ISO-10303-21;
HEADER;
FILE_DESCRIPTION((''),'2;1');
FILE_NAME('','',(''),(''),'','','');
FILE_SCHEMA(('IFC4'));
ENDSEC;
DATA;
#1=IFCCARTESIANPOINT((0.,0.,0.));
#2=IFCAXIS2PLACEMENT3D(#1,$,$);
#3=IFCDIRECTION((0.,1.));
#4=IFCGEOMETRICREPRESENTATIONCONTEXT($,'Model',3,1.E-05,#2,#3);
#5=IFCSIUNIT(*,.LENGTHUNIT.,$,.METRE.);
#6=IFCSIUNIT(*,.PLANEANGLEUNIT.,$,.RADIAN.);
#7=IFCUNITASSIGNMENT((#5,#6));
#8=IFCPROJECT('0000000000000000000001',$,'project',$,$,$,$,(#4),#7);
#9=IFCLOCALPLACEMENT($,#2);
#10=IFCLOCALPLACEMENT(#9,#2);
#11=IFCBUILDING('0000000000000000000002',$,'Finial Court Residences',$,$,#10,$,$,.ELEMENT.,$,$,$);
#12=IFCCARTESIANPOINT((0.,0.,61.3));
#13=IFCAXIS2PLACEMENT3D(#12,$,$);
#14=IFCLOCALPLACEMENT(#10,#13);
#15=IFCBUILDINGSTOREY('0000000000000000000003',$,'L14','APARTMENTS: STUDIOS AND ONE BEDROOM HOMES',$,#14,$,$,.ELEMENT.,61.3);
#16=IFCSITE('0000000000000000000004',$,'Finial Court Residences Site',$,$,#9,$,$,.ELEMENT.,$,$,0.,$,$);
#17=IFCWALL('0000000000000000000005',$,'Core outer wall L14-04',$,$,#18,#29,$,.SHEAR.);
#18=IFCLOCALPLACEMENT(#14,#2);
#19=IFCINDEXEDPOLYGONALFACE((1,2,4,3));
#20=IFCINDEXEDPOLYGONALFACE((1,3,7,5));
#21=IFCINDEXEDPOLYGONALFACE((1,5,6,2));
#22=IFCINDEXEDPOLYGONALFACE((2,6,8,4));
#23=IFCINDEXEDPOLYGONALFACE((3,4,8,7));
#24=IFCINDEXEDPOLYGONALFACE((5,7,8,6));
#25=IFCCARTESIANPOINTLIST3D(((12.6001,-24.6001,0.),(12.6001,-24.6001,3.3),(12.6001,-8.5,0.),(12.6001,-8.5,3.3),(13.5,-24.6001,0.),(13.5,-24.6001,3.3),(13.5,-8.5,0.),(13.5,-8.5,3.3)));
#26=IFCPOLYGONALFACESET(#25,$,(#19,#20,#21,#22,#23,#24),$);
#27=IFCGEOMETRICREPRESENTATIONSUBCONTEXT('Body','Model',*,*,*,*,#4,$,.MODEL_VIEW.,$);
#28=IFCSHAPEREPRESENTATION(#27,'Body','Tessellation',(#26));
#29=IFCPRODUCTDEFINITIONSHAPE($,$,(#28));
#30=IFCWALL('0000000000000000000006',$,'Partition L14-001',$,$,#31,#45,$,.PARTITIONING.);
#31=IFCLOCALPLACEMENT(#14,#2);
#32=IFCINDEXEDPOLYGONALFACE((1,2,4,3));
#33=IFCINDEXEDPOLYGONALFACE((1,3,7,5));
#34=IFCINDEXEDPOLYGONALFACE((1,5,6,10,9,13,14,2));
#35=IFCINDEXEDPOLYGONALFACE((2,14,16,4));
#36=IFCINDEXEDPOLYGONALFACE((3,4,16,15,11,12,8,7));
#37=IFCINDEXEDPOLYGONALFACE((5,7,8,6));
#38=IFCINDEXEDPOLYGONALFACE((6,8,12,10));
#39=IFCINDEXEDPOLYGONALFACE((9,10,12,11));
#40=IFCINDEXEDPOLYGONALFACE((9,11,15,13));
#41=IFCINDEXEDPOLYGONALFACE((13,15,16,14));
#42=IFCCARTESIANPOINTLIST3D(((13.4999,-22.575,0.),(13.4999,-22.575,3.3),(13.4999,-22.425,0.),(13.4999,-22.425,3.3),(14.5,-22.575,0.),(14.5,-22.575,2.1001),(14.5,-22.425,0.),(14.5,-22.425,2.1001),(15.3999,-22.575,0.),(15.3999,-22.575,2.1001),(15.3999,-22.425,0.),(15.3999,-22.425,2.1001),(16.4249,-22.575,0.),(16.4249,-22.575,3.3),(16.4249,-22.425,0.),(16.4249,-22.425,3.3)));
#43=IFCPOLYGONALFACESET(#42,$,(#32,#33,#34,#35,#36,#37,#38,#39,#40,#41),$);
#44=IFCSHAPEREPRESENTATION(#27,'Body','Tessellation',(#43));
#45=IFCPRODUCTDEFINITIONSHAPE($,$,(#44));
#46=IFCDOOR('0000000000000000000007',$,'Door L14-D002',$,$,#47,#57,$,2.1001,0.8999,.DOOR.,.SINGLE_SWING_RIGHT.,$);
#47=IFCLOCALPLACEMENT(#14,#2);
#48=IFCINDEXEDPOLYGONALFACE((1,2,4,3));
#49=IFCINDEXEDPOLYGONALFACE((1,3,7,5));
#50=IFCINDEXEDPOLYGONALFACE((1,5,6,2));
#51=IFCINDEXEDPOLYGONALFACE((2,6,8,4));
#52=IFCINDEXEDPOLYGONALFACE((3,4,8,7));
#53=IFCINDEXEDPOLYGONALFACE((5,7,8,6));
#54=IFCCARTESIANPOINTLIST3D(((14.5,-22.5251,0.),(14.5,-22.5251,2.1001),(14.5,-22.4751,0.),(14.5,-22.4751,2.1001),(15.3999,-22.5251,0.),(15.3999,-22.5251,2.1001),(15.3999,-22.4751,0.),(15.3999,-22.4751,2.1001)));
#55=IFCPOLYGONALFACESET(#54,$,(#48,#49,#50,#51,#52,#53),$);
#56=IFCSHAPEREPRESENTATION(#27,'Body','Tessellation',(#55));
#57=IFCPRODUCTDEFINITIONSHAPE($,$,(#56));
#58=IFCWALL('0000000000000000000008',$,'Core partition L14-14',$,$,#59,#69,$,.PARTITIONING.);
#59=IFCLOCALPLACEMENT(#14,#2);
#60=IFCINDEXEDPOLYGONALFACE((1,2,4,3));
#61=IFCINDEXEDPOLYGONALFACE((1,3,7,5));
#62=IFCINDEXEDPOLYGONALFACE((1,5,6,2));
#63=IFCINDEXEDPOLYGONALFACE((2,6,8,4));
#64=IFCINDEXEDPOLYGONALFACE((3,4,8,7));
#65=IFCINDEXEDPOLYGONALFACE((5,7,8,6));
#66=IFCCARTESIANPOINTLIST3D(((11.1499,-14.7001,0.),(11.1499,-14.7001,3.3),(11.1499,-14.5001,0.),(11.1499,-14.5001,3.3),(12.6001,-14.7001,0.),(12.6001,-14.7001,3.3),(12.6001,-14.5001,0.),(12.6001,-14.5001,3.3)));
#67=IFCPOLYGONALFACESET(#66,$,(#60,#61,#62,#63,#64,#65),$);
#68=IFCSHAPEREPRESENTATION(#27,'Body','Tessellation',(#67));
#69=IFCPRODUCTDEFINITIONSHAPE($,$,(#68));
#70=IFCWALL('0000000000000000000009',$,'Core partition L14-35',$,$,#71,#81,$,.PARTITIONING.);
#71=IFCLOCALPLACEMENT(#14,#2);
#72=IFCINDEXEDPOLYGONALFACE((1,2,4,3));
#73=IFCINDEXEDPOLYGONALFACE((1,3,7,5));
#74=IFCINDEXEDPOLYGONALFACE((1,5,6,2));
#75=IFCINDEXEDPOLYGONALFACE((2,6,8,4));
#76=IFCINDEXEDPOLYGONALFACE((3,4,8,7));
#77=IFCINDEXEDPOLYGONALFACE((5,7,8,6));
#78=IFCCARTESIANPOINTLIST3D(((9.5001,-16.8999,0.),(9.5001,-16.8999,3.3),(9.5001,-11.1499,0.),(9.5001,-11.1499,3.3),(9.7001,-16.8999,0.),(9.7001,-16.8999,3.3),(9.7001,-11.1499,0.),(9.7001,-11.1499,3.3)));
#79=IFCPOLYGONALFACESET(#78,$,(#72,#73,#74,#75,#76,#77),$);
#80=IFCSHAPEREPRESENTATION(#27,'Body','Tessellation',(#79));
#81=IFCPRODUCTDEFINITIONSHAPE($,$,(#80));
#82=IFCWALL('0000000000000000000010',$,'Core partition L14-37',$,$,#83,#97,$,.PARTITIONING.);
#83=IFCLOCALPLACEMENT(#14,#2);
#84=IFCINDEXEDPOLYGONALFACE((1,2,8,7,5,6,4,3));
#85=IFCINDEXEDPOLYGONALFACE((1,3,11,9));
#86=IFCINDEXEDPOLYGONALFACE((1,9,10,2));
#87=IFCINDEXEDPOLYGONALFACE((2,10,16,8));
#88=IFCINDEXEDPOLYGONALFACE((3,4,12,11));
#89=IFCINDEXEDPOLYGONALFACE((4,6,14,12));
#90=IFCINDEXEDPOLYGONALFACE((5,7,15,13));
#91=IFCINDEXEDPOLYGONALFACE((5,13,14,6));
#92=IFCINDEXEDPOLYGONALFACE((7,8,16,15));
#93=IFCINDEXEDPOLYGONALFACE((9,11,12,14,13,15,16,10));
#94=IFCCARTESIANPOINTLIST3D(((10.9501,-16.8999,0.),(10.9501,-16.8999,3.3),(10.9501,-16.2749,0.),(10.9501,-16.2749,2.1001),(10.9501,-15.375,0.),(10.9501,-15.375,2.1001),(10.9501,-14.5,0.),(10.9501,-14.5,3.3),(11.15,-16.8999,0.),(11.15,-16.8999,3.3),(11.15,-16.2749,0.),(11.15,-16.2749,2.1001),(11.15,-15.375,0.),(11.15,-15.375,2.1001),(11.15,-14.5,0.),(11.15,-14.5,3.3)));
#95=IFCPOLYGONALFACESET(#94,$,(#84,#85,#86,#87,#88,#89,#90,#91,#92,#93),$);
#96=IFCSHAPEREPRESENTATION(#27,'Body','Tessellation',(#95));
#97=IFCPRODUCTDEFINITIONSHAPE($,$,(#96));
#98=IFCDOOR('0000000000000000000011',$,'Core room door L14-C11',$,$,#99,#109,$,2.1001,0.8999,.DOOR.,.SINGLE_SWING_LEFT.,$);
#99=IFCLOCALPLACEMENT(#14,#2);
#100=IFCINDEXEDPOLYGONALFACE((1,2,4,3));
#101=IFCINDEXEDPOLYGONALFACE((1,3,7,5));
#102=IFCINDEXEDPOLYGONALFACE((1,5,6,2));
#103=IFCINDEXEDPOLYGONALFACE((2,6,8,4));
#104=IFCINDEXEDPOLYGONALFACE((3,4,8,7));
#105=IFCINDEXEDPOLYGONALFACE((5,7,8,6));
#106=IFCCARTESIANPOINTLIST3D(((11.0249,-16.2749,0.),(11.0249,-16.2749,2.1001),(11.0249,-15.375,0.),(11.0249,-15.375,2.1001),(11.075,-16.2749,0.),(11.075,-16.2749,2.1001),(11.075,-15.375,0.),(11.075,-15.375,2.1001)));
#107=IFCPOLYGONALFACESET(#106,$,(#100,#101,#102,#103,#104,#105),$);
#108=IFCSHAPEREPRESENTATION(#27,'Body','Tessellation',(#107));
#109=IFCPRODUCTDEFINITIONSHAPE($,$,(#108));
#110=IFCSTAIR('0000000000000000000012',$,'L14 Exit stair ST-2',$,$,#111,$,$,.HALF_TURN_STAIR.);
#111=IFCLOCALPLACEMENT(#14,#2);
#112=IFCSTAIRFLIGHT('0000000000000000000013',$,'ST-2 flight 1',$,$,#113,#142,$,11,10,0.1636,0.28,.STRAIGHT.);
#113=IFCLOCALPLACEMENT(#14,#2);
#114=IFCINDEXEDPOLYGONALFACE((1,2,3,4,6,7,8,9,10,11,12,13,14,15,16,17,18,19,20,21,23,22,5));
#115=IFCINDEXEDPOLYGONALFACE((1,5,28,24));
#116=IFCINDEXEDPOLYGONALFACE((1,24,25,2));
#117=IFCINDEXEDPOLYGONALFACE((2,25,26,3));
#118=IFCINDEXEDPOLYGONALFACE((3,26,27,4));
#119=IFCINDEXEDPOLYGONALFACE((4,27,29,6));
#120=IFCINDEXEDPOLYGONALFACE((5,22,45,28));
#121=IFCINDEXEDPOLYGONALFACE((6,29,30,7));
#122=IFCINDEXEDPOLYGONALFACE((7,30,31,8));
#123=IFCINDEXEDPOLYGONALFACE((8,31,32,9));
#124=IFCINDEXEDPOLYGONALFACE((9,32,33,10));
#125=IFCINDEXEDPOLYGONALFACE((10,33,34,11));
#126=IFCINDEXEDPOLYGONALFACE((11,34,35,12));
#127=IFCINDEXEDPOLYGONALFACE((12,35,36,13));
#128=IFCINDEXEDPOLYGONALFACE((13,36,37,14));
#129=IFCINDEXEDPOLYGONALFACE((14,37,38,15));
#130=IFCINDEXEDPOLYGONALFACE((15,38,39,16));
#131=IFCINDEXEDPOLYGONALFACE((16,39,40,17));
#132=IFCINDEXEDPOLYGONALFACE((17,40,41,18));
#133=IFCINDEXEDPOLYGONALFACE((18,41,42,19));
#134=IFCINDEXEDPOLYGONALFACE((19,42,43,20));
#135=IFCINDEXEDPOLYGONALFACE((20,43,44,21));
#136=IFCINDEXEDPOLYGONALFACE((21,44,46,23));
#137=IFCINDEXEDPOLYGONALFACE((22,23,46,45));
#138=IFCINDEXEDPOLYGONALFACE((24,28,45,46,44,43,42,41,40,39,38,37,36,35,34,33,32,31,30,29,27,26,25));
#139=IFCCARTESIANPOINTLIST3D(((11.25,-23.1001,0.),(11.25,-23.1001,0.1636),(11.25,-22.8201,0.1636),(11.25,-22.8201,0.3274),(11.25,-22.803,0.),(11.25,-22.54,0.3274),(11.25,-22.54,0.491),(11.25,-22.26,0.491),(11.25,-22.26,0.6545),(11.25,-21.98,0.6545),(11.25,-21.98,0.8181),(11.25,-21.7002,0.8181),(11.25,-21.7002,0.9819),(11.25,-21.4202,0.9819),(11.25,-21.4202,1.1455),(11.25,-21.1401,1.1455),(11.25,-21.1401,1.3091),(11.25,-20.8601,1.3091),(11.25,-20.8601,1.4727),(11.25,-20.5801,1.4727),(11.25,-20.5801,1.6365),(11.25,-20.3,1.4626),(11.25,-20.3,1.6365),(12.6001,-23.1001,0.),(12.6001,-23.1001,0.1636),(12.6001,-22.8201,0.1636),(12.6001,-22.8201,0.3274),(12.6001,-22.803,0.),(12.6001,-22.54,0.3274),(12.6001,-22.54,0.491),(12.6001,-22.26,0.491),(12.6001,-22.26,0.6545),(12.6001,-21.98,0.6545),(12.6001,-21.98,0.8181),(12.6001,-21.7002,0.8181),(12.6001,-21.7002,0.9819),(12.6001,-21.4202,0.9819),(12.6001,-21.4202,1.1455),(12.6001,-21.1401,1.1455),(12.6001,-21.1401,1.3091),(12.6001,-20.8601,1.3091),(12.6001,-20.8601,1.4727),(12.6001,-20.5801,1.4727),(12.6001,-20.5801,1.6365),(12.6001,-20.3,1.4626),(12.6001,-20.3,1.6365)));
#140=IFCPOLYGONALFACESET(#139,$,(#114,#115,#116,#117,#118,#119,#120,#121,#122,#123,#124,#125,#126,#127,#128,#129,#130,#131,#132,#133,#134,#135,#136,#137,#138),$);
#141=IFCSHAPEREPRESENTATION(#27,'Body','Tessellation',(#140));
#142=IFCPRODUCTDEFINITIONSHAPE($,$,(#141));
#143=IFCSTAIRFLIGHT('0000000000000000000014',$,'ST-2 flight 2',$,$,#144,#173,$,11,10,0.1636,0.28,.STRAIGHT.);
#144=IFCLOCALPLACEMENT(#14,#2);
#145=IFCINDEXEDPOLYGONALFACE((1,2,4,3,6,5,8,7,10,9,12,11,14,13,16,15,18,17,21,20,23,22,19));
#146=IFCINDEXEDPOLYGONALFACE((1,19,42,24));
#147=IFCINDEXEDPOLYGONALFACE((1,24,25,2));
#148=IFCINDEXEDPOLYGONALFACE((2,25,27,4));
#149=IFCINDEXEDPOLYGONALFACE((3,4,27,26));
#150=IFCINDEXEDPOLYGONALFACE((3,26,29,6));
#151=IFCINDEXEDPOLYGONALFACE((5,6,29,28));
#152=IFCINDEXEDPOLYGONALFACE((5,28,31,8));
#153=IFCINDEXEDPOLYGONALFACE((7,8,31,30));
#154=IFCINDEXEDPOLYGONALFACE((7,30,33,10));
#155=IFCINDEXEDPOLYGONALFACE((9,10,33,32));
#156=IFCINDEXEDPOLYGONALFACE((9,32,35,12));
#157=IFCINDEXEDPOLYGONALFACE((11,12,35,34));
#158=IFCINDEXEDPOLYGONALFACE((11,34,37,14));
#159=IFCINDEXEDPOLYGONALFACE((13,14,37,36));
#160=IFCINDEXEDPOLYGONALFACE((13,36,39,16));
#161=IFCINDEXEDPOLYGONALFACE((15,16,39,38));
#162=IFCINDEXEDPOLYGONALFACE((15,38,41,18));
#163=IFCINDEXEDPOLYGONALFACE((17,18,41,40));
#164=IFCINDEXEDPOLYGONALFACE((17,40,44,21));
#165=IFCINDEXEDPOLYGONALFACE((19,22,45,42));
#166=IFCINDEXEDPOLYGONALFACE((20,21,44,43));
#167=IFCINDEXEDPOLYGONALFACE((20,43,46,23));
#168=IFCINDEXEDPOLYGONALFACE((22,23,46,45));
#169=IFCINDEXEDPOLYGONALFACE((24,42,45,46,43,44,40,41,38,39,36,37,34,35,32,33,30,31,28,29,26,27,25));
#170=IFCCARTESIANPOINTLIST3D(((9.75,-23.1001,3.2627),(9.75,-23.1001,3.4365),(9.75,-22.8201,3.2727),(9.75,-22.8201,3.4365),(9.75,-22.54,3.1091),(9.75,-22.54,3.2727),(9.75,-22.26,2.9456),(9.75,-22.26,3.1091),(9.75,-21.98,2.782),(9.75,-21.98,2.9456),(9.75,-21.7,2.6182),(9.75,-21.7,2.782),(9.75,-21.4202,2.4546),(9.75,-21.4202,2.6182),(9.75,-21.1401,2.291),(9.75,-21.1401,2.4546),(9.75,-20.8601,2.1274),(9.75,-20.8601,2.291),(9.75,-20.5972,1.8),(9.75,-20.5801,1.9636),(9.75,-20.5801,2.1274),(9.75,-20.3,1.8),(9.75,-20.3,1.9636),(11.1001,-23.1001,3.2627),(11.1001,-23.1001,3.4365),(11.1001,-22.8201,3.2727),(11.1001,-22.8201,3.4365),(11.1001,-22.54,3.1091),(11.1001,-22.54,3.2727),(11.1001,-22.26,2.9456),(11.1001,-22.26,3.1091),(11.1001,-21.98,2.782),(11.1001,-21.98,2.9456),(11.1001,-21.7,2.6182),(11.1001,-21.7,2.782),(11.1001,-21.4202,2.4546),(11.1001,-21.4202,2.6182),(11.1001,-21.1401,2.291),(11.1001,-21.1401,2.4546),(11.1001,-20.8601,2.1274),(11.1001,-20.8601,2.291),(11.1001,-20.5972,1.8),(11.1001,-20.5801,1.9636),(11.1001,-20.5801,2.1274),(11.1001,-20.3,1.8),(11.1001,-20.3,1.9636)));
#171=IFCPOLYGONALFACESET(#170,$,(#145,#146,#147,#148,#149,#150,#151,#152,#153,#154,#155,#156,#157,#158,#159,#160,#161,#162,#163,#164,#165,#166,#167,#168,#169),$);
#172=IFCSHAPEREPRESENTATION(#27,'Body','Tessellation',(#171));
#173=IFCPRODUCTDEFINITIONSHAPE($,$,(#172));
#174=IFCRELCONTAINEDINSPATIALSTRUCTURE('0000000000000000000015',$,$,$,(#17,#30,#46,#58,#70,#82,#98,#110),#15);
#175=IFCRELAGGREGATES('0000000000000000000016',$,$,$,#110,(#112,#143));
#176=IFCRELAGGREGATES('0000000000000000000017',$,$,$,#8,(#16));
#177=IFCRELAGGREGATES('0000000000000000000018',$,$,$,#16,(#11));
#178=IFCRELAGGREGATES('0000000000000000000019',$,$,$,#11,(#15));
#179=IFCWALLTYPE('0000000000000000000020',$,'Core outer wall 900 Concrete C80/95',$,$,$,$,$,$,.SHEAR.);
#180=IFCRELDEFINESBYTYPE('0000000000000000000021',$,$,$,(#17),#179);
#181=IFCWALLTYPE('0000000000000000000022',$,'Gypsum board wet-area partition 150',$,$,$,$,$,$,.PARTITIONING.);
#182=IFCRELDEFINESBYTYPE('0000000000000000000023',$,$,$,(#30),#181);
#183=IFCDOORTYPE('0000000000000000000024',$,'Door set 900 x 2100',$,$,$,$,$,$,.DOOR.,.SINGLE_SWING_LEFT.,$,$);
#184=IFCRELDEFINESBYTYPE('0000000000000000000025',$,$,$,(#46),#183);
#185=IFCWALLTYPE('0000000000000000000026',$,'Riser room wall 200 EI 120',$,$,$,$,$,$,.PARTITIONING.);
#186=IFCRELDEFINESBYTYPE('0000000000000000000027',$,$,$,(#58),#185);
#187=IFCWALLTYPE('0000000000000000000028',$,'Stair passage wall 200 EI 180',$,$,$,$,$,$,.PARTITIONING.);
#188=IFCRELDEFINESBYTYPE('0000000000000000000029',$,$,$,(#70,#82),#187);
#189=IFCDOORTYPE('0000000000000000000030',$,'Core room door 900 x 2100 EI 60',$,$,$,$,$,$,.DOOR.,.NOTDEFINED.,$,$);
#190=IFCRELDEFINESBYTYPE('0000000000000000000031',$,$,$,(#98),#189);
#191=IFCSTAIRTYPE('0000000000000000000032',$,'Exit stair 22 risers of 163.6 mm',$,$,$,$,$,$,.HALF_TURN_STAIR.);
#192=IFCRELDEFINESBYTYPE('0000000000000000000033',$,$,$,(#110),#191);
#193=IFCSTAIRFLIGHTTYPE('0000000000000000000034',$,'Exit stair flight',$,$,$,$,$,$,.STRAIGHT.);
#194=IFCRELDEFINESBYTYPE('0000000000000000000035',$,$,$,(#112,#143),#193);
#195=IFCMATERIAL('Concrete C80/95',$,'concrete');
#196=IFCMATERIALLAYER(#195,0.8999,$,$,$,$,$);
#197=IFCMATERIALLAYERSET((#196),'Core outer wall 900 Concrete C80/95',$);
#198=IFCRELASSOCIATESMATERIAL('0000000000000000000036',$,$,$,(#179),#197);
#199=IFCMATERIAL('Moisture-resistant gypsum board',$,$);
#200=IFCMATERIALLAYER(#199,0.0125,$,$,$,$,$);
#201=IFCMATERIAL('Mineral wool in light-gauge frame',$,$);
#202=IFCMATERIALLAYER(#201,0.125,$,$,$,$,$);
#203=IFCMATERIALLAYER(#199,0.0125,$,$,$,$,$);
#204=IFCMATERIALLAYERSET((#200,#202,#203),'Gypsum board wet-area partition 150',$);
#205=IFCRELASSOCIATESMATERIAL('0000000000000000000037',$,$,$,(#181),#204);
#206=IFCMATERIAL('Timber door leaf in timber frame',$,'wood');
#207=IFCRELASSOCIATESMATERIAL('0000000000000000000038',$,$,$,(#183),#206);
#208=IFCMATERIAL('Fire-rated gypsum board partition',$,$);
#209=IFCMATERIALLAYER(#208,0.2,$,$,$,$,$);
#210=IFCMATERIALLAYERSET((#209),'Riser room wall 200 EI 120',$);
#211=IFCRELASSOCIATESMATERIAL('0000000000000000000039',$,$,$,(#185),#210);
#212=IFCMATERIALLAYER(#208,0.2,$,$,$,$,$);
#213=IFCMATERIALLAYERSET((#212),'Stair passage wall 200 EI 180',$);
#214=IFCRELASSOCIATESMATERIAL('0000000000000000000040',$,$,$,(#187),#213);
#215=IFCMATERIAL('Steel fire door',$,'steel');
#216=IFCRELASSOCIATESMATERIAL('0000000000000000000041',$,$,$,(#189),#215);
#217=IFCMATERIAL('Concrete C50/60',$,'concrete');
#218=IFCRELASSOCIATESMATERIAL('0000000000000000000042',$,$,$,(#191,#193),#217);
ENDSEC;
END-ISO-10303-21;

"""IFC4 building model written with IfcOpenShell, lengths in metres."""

from ifc_helpers import new_model, si_unit, direction, frame, frame_2d, origin, place, context, subcontext, project, spatial, polyline, rectangle, outline, extrude, material, layer, layer_set, type_object, element, fill, aggregate, save


model = new_model("IFC4")

# Units and contexts
model_context = context("Model", 3, precision=1e-05, world=origin(), true_north=direction((0.0, 1.0)))
body_context = subcontext(model_context, "Body", "Model", "MODEL_VIEW")
ifc_project = project(units=[si_unit("LENGTHUNIT", "METRE"), si_unit("PLANEANGLEUNIT", "RADIAN")], contexts=[model_context])

# Site, building, storey
site_placement = place(None, origin())
site = spatial("IfcSite", under=ifc_project, at=site_placement, Name="Finial Court Residences Site", CompositionType="ELEMENT", RefElevation=0.0)
building_placement = place(site_placement, origin())
building = spatial("IfcBuilding", under=site, at=building_placement, Name="Finial Court Residences", CompositionType="ELEMENT")
storey_placement = place(building_placement, frame((0.0, 0.0, 61.3)))
storey = spatial("IfcBuildingStorey", under=building, at=storey_placement, Name="L14", Description="APARTMENTS: STUDIOS AND ONE BEDROOM HOMES", CompositionType="ELEMENT", Elevation=61.3)

# Wall
ifc_material_1 = material(Name="Concrete C80/95", Category="concrete")
ifc_layer_1 = layer(ifc_material_1, 0.8999)
ifc_layer_set_1 = layer_set([ifc_layer_1], Name="Core outer wall 900 Concrete C80/95")
wall_type_1 = type_object("IfcWallType", Name="Core outer wall 900 Concrete C80/95", PredefinedType="SHEAR", material=ifc_layer_set_1)
wall_1_placement = place(storey_placement, frame((13.05, -24.6001, 0.0), z_axis=(0.0, 0.0, 1.0), x_axis=(0.0, 1.0, 0.0)))
element("IfcWall", 1, at=wall_1_placement, inside=storey, type_object=wall_type_1, Name="Core outer wall L14-04", PredefinedType="SHEAR", context=body_context, shape_type="SweptSolid", body=[
    extrude(rectangle(XDim=16.1001, YDim=0.8999, at=frame_2d((8.05, 0.0))), origin(), (0.0, 0.0, 1.0), 3.3),
])

# Wall, opening, door
ifc_material_2 = material(Name="Moisture-resistant gypsum board")
ifc_layer_2 = layer(ifc_material_2, 0.0125)
ifc_material_3 = material(Name="Mineral wool in light-gauge frame")
ifc_layer_3 = layer(ifc_material_3, 0.125)
ifc_layer_4 = layer(ifc_material_2, 0.0125)
ifc_layer_set_2 = layer_set([ifc_layer_2, ifc_layer_3, ifc_layer_4], Name="Gypsum board wet-area partition 150")
wall_type_2 = type_object("IfcWallType", Name="Gypsum board wet-area partition 150", PredefinedType="PARTITIONING", material=ifc_layer_set_2)
wall_2_placement = place(storey_placement, frame((13.5, -22.5, 0.0), z_axis=(0.0, 0.0, 1.0), x_axis=(1.0, 0.0, 0.0)))
wall_2 = element("IfcWall", 2, at=wall_2_placement, inside=storey, type_object=wall_type_2, Name="Partition L14-001", PredefinedType="PARTITIONING", context=body_context, shape_type="SweptSolid", body=[
    extrude(rectangle(XDim=2.925, YDim=0.1499, at=frame_2d((1.4624, 0.0))), origin(), (0.0, 0.0, 1.0), 3.3),
])
opening_1_placement = place(wall_2_placement, frame((1.0, 0.0, 0.0)))
opening_1 = element("IfcOpeningElement", 3, at=opening_1_placement, cuts=wall_2, PredefinedType="OPENING", context=body_context, shape_type="SweptSolid", body=[
    extrude(rectangle(XDim=0.8999, YDim=2.1001, at=frame_2d((0.45, 1.05))), frame((0.0, 0.085, 0.0), z_axis=(0.0, -1.0, 0.0), x_axis=(1.0, 0.0, 0.0)), (0.0, 0.0, 1.0), 0.1699),
])
ifc_material_4 = material(Name="Timber door leaf in timber frame", Category="wood")
door_type_1 = type_object("IfcDoorType", Name="Door set 900 x 2100", OperationType="SINGLE_SWING_LEFT", PredefinedType="DOOR", material=ifc_material_4)
door_1_placement = place(opening_1_placement, origin())
door_1 = element("IfcDoor", 4, at=door_1_placement, inside=storey, type_object=door_type_1, Name="Door L14-D002", OperationType="SINGLE_SWING_RIGHT", OverallHeight=2.1001, OverallWidth=0.8999, PredefinedType="DOOR", context=body_context, shape_type="SweptSolid", body=[
    extrude(rectangle(XDim=0.8999, YDim=2.1001, at=frame_2d((0.45, 1.05))), frame((0.0, 0.0249, 0.0), z_axis=(0.0, -1.0, 0.0), x_axis=(1.0, 0.0, 0.0)), (0.0, 0.0, 1.0), 0.05),
])
fill(opening_1, door_1)

# Walls
ifc_material_5 = material(Name="Fire-rated gypsum board partition")
ifc_layer_5 = layer(ifc_material_5, 0.2)
ifc_layer_set_3 = layer_set([ifc_layer_5], Name="Riser room wall 200 EI 120")
wall_type_3 = type_object("IfcWallType", Name="Riser room wall 200 EI 120", PredefinedType="PARTITIONING", material=ifc_layer_set_3)
wall_3_placement = place(storey_placement, frame((11.1499, -14.6001, 0.0), z_axis=(0.0, 0.0, 1.0), x_axis=(1.0, 0.0, 0.0)))
element("IfcWall", 5, at=wall_3_placement, inside=storey, type_object=wall_type_3, Name="Core partition L14-14", PredefinedType="PARTITIONING", context=body_context, shape_type="SweptSolid", body=[
    extrude(rectangle(XDim=1.4502, YDim=0.2, at=frame_2d((0.7251, 0.0))), origin(), (0.0, 0.0, 1.0), 3.3),
])
ifc_layer_6 = layer(ifc_material_5, 0.2)
ifc_layer_set_4 = layer_set([ifc_layer_6], Name="Stair passage wall 200 EI 180")
wall_type_4 = type_object("IfcWallType", Name="Stair passage wall 200 EI 180", PredefinedType="PARTITIONING", material=ifc_layer_set_4)
wall_4_placement = place(storey_placement, frame((9.6001, -16.8999, 0.0), z_axis=(0.0, 0.0, 1.0), x_axis=(0.0, 1.0, 0.0)))
element("IfcWall", 6, at=wall_4_placement, inside=storey, type_object=wall_type_4, Name="Core partition L14-35", PredefinedType="PARTITIONING", context=body_context, shape_type="SweptSolid", body=[
    extrude(rectangle(XDim=5.75, YDim=0.2, at=frame_2d((2.875, 0.0))), origin(), (0.0, 0.0, 1.0), 3.3),
])

# Wall, opening, door
wall_5_placement = place(storey_placement, frame((11.05, -14.5, 0.0), z_axis=(0.0, 0.0, 1.0), x_axis=(0.0, -1.0, 0.0)))
wall_5 = element("IfcWall", 7, at=wall_5_placement, inside=storey, type_object=wall_type_4, Name="Core partition L14-37", PredefinedType="PARTITIONING", context=body_context, shape_type="SweptSolid", body=[
    extrude(rectangle(XDim=2.3999, YDim=0.2, at=frame_2d((1.2, 0.0))), origin(), (0.0, 0.0, 1.0), 3.3),
])
opening_2_placement = place(wall_5_placement, frame((0.875, 0.0, 0.0)))
opening_2 = element("IfcOpeningElement", 8, at=opening_2_placement, cuts=wall_5, PredefinedType="OPENING", context=body_context, shape_type="SweptSolid", body=[
    extrude(rectangle(XDim=0.8999, YDim=2.1001, at=frame_2d((0.45, 1.05))), frame((0.0, 0.1099, 0.0), z_axis=(0.0, -1.0, 0.0), x_axis=(1.0, 0.0, 0.0)), (0.0, 0.0, 1.0), 0.22),
])
ifc_material_6 = material(Name="Steel fire door", Category="steel")
door_type_2 = type_object("IfcDoorType", Name="Core room door 900 x 2100 EI 60", OperationType="NOTDEFINED", PredefinedType="DOOR", material=ifc_material_6)
door_2_placement = place(opening_2_placement, origin())
door_2 = element("IfcDoor", 9, at=door_2_placement, inside=storey, type_object=door_type_2, Name="Core room door L14-C11", OperationType="SINGLE_SWING_LEFT", OverallHeight=2.1001, OverallWidth=0.8999, PredefinedType="DOOR", context=body_context, shape_type="SweptSolid", body=[
    extrude(rectangle(XDim=0.8999, YDim=2.1001, at=frame_2d((0.45, 1.05))), frame((0.0, 0.0249, 0.0), z_axis=(0.0, -1.0, 0.0), x_axis=(1.0, 0.0, 0.0)), (0.0, 0.0, 1.0), 0.05),
])
fill(opening_2, door_2)

# Stair, stair flights
ifc_material_7 = material(Name="Concrete C50/60", Category="concrete")
stair_type = type_object("IfcStairType", Name="Exit stair 22 risers of 163.6 mm", PredefinedType="HALF_TURN_STAIR", material=ifc_material_7)
stair_placement = place(storey_placement, origin())
stair = element("IfcStair", 10, at=stair_placement, inside=storey, type_object=stair_type, Name="L14 Exit stair ST-2", PredefinedType="HALF_TURN_STAIR")
stair_flight_type = type_object("IfcStairFlightType", Name="Exit stair flight", PredefinedType="STRAIGHT", material=ifc_material_7)
stair_flight_1_placement = place(storey_placement, frame((11.925, -23.1001, 0.0), z_axis=(0.0, 0.0, 1.0), x_axis=(0.0, 1.0, 0.0)))
stair_flight_1 = element("IfcStairFlight", 11, at=stair_flight_1_placement, type_object=stair_flight_type, Name="ST-2 flight 1", NumberOfRisers=11, NumberOfTreads=10, PredefinedType="STRAIGHT", RiserHeight=0.1636, TreadLength=0.28, context=body_context, shape_type="SweptSolid", body=[
    extrude(outline(polyline([(0.0, 0.0), (0.0, 0.1636), (0.28, 0.1636), (0.28, 0.3274), (0.5601, 0.3274), (0.5601, 0.491), (0.8401, 0.491), (0.8401, 0.6545), (1.1201, 0.6545), (1.1201, 0.8181), (1.3999, 0.8181), (1.3999, 0.9819), (1.6799, 0.9819), (1.6799, 1.1455), (1.96, 1.1455), (1.96, 1.3091), (2.24, 1.3091), (2.24, 1.4727), (2.52, 1.4727), (2.52, 1.6365), (2.8, 1.6365), (2.8, 1.8), (2.8, 1.4626), (0.2971, 0.0), (0.0, 0.0)])), frame((0.0, 0.675, 0.0), z_axis=(0.0, -1.0, 0.0), x_axis=(1.0, 0.0, 0.0)), (0.0, 0.0, 1.0), 1.3501),
])
stair_flight_2_placement = place(storey_placement, frame((10.425, -20.3, 1.8), z_axis=(0.0, 0.0, 1.0), x_axis=(0.0, -1.0, 0.0)))
stair_flight_2 = element("IfcStairFlight", 12, at=stair_flight_2_placement, type_object=stair_flight_type, Name="ST-2 flight 2", NumberOfRisers=11, NumberOfTreads=10, PredefinedType="STRAIGHT", RiserHeight=0.1636, TreadLength=0.28, context=body_context, shape_type="SweptSolid", body=[
    extrude(outline(polyline([(0.0, 0.0), (0.0, 0.1636), (0.28, 0.1636), (0.28, 0.3274), (0.5601, 0.3274), (0.5601, 0.491), (0.8401, 0.491), (0.8401, 0.6545), (1.1201, 0.6545), (1.1201, 0.8181), (1.3999, 0.8181), (1.3999, 0.9819), (1.6799, 0.9819), (1.6799, 1.1455), (1.96, 1.1455), (1.96, 1.3091), (2.24, 1.3091), (2.24, 1.4727), (2.52, 1.4727), (2.52, 1.6365), (2.8, 1.6365), (2.8, 1.8), (2.8, 1.4626), (0.2971, 0.0), (0.0, 0.0)])), frame((0.0, 0.675, 0.0), z_axis=(0.0, -1.0, 0.0), x_axis=(1.0, 0.0, 0.0)), (0.0, 0.0, 1.0), 1.3501),
])
aggregate(stair, [stair_flight_1, stair_flight_2])

save(model, "model.ifc")
